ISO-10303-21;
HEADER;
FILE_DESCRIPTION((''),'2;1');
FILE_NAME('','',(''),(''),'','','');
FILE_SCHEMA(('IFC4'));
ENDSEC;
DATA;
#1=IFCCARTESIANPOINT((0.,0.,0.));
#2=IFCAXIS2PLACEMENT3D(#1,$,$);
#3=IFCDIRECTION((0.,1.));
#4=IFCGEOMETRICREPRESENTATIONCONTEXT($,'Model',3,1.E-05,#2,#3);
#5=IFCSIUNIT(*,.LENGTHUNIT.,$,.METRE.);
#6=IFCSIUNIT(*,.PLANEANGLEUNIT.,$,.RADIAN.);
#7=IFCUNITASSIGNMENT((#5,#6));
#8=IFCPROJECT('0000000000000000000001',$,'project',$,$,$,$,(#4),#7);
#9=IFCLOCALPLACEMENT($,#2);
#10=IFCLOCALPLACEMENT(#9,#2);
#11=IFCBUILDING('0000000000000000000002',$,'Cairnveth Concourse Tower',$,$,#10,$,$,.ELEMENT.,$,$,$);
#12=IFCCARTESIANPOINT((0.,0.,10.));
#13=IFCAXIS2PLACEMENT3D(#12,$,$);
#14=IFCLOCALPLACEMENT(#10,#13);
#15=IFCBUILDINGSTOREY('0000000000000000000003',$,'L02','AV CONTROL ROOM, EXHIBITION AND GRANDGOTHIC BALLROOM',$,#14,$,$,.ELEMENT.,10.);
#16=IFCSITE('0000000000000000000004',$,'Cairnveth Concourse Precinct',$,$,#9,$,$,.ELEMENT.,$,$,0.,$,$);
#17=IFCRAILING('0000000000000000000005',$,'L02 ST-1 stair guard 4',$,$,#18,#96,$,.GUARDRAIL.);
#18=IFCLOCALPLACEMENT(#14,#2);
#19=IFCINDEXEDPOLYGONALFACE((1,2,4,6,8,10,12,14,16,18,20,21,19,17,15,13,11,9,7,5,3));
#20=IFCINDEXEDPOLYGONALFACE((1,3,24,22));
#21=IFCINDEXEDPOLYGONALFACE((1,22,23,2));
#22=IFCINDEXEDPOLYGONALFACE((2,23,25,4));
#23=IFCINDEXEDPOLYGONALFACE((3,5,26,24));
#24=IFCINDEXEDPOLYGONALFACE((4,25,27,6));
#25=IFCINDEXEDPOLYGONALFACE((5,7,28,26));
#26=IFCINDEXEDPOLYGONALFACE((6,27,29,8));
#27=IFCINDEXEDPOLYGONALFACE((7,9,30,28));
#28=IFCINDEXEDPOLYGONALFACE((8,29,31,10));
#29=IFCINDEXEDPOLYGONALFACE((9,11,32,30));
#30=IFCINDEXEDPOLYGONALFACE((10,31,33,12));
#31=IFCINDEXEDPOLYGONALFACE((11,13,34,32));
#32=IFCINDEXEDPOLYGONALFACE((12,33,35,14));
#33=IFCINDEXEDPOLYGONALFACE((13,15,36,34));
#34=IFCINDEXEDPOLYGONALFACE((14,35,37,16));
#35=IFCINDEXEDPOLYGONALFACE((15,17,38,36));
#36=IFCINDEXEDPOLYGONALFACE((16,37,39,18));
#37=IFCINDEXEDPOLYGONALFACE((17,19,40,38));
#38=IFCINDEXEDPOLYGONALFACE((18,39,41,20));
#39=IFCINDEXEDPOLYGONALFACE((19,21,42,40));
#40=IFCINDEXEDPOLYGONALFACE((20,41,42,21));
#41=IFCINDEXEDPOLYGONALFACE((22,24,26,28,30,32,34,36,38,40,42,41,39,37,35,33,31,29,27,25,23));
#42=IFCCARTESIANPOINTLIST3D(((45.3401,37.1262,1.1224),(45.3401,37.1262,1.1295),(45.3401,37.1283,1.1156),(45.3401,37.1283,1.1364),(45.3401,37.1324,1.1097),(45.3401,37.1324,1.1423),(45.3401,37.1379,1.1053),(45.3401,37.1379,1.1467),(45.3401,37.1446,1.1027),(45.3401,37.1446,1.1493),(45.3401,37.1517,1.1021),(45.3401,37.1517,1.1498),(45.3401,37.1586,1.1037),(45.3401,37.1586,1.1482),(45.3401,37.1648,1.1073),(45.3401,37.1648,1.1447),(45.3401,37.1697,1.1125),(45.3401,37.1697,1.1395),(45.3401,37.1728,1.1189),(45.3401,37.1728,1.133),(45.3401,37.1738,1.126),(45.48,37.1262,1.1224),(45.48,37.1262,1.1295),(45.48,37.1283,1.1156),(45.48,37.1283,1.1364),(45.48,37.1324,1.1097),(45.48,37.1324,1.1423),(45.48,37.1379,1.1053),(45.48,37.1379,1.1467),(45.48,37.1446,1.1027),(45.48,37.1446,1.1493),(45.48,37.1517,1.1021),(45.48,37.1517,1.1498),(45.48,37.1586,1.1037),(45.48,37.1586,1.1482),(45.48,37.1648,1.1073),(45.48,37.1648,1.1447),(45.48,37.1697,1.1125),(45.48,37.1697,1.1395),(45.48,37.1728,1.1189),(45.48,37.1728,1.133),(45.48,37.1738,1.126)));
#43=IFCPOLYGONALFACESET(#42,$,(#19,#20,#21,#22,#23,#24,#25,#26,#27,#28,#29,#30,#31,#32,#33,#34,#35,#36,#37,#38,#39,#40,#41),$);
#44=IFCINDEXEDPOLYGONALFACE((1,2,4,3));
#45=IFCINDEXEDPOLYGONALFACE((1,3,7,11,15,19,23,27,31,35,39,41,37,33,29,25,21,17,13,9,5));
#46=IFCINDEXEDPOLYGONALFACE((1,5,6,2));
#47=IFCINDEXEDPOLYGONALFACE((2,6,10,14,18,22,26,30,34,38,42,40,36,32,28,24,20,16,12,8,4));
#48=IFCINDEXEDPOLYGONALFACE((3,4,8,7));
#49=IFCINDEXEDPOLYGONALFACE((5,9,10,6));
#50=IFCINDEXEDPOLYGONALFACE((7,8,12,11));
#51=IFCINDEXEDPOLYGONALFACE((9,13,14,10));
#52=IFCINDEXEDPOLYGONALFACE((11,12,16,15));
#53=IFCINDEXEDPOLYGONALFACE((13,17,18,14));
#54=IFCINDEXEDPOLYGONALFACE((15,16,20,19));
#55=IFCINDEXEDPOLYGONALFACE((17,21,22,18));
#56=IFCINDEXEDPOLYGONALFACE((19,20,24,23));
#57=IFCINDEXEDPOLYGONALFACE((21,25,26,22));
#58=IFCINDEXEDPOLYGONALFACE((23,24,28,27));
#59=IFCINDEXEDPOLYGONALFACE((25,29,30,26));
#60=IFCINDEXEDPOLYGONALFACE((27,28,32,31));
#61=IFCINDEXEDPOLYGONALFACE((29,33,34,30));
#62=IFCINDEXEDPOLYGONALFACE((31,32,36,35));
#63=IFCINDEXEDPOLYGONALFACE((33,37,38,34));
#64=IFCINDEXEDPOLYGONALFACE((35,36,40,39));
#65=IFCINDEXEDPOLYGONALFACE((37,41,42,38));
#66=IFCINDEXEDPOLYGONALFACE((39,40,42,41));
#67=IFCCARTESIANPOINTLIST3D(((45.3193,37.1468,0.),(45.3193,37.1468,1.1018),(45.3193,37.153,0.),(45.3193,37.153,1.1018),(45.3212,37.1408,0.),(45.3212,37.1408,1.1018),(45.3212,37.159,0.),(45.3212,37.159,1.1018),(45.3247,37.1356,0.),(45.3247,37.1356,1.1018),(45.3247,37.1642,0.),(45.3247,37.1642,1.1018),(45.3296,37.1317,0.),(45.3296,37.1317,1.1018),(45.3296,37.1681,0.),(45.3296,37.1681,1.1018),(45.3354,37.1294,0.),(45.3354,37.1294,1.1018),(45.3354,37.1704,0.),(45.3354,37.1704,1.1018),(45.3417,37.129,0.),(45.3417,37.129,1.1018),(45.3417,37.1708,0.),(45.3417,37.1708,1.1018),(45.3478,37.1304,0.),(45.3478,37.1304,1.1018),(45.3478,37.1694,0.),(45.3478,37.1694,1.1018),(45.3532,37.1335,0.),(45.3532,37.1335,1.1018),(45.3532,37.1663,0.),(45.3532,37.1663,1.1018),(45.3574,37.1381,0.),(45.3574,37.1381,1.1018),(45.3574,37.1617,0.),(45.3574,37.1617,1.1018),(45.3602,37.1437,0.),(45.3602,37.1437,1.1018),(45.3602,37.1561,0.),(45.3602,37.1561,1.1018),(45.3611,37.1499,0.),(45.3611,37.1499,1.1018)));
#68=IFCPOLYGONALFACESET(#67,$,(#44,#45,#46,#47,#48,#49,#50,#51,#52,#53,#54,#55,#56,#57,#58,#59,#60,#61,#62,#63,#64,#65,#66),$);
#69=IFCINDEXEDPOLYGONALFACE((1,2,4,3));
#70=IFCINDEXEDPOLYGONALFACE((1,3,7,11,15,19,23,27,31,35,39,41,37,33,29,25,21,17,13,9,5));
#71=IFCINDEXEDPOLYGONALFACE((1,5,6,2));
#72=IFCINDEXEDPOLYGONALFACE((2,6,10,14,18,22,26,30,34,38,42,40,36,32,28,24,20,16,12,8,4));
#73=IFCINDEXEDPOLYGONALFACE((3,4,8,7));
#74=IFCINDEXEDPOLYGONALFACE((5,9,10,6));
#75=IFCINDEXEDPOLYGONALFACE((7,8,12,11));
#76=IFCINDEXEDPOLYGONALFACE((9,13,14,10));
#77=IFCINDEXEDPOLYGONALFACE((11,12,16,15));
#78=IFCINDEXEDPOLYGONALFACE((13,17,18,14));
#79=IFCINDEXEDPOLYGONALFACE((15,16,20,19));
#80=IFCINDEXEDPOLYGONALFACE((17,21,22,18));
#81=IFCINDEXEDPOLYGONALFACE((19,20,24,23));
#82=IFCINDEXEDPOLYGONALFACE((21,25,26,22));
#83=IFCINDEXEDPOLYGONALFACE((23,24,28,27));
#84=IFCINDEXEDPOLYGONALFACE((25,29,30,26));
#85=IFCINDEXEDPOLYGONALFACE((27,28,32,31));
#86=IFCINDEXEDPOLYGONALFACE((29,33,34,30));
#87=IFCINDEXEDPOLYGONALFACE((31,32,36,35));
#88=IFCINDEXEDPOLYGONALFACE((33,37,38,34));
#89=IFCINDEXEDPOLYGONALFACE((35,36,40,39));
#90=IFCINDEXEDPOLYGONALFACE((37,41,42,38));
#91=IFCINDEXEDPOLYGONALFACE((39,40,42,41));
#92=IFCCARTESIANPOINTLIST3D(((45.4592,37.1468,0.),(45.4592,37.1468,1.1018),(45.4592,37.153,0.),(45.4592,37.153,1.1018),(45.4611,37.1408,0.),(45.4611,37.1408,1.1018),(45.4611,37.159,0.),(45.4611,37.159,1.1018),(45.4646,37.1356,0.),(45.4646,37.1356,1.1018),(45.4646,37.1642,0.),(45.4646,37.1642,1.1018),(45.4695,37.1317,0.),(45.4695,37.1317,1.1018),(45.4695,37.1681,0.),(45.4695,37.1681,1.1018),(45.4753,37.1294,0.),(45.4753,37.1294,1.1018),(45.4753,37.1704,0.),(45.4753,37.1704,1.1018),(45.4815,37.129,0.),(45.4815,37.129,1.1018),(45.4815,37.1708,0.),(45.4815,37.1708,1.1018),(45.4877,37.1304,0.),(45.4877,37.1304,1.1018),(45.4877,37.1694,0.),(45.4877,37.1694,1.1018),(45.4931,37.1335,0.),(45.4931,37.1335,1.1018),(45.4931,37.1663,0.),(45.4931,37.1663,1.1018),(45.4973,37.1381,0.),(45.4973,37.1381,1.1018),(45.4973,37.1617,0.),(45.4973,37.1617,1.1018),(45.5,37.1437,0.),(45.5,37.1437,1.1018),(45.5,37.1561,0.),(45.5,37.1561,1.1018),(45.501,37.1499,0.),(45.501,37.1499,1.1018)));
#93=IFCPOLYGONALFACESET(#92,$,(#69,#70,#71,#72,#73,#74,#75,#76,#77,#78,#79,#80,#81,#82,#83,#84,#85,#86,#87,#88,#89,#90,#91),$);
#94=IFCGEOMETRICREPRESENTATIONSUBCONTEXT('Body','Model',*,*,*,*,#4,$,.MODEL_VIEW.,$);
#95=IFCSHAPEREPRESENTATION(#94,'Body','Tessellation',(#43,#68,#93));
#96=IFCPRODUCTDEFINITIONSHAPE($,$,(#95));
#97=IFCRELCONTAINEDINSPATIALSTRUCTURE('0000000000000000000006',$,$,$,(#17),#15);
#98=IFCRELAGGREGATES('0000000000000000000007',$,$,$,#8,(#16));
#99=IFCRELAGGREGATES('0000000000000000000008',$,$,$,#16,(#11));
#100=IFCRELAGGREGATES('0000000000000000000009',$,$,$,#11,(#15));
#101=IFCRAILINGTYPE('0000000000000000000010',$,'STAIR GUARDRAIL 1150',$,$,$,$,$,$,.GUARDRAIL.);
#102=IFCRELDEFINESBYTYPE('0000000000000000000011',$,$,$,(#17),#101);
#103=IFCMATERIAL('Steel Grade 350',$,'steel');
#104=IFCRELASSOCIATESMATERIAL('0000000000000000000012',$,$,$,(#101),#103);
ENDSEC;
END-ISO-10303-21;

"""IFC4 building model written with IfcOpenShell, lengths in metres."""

from ifc_helpers import new_model, si_unit, direction, frame, origin, origin_2d, place, context, subcontext, project, spatial, circle, extrude, material, type_object, element, save


model = new_model("IFC4")

# Units and contexts
model_context = context("Model", 3, precision=1e-05, world=origin(), true_north=direction((0.0, 1.0)))
body_context = subcontext(model_context, "Body", "Model", "MODEL_VIEW")
ifc_project = project(units=[si_unit("LENGTHUNIT", "METRE"), si_unit("PLANEANGLEUNIT", "RADIAN")], contexts=[model_context])

# Site, building, storey
site_placement = place(None, origin())
site = spatial("IfcSite", under=ifc_project, at=site_placement, Name="Cairnveth Concourse Precinct", CompositionType="ELEMENT", RefElevation=0.0)
building_placement = place(site_placement, origin())
building = spatial("IfcBuilding", under=site, at=building_placement, Name="Cairnveth Concourse Tower", CompositionType="ELEMENT")
storey_placement = place(building_placement, frame((0.0, 0.0, 10.0)))
storey = spatial("IfcBuildingStorey", under=building, at=storey_placement, Name="L02", Description="AV CONTROL ROOM, EXHIBITION AND GRANDGOTHIC BALLROOM", CompositionType="ELEMENT", Elevation=10.0)

# Shared definitions
ifc_material_1 = material(Name="Steel Grade 350", Category="steel")

# Railing
railing_type_1 = type_object("IfcRailingType", Name="STAIR GUARDRAIL 1150", PredefinedType="GUARDRAIL", material=ifc_material_1)
railing_1_placement = place(storey_placement, frame((45.3401, 37.1499, 0.0)))
element("IfcRailing", 1, at=railing_1_placement, inside=storey, type_object=railing_type_1, Name="L02 ST-1 stair guard 4", PredefinedType="GUARDRAIL", context=body_context, shape_type="SweptSolid", body=[
    extrude(circle(Radius=0.0239, at=origin_2d()), frame((0.0, 0.0, 1.126), z_axis=(1.0, 0.0, 0.0), x_axis=(0.0, 1.0, 0.0)), (0.0, 0.0, 1.0), 0.1399),
    extrude(circle(Radius=0.021, at=origin_2d()), origin(), (0.0, 0.0, 1.0), 1.1018),
    extrude(circle(Radius=0.021, at=origin_2d()), frame((0.1399, 0.0, 0.0)), (0.0, 0.0, 1.0), 1.1018),
])

save(model, "model.ifc")
